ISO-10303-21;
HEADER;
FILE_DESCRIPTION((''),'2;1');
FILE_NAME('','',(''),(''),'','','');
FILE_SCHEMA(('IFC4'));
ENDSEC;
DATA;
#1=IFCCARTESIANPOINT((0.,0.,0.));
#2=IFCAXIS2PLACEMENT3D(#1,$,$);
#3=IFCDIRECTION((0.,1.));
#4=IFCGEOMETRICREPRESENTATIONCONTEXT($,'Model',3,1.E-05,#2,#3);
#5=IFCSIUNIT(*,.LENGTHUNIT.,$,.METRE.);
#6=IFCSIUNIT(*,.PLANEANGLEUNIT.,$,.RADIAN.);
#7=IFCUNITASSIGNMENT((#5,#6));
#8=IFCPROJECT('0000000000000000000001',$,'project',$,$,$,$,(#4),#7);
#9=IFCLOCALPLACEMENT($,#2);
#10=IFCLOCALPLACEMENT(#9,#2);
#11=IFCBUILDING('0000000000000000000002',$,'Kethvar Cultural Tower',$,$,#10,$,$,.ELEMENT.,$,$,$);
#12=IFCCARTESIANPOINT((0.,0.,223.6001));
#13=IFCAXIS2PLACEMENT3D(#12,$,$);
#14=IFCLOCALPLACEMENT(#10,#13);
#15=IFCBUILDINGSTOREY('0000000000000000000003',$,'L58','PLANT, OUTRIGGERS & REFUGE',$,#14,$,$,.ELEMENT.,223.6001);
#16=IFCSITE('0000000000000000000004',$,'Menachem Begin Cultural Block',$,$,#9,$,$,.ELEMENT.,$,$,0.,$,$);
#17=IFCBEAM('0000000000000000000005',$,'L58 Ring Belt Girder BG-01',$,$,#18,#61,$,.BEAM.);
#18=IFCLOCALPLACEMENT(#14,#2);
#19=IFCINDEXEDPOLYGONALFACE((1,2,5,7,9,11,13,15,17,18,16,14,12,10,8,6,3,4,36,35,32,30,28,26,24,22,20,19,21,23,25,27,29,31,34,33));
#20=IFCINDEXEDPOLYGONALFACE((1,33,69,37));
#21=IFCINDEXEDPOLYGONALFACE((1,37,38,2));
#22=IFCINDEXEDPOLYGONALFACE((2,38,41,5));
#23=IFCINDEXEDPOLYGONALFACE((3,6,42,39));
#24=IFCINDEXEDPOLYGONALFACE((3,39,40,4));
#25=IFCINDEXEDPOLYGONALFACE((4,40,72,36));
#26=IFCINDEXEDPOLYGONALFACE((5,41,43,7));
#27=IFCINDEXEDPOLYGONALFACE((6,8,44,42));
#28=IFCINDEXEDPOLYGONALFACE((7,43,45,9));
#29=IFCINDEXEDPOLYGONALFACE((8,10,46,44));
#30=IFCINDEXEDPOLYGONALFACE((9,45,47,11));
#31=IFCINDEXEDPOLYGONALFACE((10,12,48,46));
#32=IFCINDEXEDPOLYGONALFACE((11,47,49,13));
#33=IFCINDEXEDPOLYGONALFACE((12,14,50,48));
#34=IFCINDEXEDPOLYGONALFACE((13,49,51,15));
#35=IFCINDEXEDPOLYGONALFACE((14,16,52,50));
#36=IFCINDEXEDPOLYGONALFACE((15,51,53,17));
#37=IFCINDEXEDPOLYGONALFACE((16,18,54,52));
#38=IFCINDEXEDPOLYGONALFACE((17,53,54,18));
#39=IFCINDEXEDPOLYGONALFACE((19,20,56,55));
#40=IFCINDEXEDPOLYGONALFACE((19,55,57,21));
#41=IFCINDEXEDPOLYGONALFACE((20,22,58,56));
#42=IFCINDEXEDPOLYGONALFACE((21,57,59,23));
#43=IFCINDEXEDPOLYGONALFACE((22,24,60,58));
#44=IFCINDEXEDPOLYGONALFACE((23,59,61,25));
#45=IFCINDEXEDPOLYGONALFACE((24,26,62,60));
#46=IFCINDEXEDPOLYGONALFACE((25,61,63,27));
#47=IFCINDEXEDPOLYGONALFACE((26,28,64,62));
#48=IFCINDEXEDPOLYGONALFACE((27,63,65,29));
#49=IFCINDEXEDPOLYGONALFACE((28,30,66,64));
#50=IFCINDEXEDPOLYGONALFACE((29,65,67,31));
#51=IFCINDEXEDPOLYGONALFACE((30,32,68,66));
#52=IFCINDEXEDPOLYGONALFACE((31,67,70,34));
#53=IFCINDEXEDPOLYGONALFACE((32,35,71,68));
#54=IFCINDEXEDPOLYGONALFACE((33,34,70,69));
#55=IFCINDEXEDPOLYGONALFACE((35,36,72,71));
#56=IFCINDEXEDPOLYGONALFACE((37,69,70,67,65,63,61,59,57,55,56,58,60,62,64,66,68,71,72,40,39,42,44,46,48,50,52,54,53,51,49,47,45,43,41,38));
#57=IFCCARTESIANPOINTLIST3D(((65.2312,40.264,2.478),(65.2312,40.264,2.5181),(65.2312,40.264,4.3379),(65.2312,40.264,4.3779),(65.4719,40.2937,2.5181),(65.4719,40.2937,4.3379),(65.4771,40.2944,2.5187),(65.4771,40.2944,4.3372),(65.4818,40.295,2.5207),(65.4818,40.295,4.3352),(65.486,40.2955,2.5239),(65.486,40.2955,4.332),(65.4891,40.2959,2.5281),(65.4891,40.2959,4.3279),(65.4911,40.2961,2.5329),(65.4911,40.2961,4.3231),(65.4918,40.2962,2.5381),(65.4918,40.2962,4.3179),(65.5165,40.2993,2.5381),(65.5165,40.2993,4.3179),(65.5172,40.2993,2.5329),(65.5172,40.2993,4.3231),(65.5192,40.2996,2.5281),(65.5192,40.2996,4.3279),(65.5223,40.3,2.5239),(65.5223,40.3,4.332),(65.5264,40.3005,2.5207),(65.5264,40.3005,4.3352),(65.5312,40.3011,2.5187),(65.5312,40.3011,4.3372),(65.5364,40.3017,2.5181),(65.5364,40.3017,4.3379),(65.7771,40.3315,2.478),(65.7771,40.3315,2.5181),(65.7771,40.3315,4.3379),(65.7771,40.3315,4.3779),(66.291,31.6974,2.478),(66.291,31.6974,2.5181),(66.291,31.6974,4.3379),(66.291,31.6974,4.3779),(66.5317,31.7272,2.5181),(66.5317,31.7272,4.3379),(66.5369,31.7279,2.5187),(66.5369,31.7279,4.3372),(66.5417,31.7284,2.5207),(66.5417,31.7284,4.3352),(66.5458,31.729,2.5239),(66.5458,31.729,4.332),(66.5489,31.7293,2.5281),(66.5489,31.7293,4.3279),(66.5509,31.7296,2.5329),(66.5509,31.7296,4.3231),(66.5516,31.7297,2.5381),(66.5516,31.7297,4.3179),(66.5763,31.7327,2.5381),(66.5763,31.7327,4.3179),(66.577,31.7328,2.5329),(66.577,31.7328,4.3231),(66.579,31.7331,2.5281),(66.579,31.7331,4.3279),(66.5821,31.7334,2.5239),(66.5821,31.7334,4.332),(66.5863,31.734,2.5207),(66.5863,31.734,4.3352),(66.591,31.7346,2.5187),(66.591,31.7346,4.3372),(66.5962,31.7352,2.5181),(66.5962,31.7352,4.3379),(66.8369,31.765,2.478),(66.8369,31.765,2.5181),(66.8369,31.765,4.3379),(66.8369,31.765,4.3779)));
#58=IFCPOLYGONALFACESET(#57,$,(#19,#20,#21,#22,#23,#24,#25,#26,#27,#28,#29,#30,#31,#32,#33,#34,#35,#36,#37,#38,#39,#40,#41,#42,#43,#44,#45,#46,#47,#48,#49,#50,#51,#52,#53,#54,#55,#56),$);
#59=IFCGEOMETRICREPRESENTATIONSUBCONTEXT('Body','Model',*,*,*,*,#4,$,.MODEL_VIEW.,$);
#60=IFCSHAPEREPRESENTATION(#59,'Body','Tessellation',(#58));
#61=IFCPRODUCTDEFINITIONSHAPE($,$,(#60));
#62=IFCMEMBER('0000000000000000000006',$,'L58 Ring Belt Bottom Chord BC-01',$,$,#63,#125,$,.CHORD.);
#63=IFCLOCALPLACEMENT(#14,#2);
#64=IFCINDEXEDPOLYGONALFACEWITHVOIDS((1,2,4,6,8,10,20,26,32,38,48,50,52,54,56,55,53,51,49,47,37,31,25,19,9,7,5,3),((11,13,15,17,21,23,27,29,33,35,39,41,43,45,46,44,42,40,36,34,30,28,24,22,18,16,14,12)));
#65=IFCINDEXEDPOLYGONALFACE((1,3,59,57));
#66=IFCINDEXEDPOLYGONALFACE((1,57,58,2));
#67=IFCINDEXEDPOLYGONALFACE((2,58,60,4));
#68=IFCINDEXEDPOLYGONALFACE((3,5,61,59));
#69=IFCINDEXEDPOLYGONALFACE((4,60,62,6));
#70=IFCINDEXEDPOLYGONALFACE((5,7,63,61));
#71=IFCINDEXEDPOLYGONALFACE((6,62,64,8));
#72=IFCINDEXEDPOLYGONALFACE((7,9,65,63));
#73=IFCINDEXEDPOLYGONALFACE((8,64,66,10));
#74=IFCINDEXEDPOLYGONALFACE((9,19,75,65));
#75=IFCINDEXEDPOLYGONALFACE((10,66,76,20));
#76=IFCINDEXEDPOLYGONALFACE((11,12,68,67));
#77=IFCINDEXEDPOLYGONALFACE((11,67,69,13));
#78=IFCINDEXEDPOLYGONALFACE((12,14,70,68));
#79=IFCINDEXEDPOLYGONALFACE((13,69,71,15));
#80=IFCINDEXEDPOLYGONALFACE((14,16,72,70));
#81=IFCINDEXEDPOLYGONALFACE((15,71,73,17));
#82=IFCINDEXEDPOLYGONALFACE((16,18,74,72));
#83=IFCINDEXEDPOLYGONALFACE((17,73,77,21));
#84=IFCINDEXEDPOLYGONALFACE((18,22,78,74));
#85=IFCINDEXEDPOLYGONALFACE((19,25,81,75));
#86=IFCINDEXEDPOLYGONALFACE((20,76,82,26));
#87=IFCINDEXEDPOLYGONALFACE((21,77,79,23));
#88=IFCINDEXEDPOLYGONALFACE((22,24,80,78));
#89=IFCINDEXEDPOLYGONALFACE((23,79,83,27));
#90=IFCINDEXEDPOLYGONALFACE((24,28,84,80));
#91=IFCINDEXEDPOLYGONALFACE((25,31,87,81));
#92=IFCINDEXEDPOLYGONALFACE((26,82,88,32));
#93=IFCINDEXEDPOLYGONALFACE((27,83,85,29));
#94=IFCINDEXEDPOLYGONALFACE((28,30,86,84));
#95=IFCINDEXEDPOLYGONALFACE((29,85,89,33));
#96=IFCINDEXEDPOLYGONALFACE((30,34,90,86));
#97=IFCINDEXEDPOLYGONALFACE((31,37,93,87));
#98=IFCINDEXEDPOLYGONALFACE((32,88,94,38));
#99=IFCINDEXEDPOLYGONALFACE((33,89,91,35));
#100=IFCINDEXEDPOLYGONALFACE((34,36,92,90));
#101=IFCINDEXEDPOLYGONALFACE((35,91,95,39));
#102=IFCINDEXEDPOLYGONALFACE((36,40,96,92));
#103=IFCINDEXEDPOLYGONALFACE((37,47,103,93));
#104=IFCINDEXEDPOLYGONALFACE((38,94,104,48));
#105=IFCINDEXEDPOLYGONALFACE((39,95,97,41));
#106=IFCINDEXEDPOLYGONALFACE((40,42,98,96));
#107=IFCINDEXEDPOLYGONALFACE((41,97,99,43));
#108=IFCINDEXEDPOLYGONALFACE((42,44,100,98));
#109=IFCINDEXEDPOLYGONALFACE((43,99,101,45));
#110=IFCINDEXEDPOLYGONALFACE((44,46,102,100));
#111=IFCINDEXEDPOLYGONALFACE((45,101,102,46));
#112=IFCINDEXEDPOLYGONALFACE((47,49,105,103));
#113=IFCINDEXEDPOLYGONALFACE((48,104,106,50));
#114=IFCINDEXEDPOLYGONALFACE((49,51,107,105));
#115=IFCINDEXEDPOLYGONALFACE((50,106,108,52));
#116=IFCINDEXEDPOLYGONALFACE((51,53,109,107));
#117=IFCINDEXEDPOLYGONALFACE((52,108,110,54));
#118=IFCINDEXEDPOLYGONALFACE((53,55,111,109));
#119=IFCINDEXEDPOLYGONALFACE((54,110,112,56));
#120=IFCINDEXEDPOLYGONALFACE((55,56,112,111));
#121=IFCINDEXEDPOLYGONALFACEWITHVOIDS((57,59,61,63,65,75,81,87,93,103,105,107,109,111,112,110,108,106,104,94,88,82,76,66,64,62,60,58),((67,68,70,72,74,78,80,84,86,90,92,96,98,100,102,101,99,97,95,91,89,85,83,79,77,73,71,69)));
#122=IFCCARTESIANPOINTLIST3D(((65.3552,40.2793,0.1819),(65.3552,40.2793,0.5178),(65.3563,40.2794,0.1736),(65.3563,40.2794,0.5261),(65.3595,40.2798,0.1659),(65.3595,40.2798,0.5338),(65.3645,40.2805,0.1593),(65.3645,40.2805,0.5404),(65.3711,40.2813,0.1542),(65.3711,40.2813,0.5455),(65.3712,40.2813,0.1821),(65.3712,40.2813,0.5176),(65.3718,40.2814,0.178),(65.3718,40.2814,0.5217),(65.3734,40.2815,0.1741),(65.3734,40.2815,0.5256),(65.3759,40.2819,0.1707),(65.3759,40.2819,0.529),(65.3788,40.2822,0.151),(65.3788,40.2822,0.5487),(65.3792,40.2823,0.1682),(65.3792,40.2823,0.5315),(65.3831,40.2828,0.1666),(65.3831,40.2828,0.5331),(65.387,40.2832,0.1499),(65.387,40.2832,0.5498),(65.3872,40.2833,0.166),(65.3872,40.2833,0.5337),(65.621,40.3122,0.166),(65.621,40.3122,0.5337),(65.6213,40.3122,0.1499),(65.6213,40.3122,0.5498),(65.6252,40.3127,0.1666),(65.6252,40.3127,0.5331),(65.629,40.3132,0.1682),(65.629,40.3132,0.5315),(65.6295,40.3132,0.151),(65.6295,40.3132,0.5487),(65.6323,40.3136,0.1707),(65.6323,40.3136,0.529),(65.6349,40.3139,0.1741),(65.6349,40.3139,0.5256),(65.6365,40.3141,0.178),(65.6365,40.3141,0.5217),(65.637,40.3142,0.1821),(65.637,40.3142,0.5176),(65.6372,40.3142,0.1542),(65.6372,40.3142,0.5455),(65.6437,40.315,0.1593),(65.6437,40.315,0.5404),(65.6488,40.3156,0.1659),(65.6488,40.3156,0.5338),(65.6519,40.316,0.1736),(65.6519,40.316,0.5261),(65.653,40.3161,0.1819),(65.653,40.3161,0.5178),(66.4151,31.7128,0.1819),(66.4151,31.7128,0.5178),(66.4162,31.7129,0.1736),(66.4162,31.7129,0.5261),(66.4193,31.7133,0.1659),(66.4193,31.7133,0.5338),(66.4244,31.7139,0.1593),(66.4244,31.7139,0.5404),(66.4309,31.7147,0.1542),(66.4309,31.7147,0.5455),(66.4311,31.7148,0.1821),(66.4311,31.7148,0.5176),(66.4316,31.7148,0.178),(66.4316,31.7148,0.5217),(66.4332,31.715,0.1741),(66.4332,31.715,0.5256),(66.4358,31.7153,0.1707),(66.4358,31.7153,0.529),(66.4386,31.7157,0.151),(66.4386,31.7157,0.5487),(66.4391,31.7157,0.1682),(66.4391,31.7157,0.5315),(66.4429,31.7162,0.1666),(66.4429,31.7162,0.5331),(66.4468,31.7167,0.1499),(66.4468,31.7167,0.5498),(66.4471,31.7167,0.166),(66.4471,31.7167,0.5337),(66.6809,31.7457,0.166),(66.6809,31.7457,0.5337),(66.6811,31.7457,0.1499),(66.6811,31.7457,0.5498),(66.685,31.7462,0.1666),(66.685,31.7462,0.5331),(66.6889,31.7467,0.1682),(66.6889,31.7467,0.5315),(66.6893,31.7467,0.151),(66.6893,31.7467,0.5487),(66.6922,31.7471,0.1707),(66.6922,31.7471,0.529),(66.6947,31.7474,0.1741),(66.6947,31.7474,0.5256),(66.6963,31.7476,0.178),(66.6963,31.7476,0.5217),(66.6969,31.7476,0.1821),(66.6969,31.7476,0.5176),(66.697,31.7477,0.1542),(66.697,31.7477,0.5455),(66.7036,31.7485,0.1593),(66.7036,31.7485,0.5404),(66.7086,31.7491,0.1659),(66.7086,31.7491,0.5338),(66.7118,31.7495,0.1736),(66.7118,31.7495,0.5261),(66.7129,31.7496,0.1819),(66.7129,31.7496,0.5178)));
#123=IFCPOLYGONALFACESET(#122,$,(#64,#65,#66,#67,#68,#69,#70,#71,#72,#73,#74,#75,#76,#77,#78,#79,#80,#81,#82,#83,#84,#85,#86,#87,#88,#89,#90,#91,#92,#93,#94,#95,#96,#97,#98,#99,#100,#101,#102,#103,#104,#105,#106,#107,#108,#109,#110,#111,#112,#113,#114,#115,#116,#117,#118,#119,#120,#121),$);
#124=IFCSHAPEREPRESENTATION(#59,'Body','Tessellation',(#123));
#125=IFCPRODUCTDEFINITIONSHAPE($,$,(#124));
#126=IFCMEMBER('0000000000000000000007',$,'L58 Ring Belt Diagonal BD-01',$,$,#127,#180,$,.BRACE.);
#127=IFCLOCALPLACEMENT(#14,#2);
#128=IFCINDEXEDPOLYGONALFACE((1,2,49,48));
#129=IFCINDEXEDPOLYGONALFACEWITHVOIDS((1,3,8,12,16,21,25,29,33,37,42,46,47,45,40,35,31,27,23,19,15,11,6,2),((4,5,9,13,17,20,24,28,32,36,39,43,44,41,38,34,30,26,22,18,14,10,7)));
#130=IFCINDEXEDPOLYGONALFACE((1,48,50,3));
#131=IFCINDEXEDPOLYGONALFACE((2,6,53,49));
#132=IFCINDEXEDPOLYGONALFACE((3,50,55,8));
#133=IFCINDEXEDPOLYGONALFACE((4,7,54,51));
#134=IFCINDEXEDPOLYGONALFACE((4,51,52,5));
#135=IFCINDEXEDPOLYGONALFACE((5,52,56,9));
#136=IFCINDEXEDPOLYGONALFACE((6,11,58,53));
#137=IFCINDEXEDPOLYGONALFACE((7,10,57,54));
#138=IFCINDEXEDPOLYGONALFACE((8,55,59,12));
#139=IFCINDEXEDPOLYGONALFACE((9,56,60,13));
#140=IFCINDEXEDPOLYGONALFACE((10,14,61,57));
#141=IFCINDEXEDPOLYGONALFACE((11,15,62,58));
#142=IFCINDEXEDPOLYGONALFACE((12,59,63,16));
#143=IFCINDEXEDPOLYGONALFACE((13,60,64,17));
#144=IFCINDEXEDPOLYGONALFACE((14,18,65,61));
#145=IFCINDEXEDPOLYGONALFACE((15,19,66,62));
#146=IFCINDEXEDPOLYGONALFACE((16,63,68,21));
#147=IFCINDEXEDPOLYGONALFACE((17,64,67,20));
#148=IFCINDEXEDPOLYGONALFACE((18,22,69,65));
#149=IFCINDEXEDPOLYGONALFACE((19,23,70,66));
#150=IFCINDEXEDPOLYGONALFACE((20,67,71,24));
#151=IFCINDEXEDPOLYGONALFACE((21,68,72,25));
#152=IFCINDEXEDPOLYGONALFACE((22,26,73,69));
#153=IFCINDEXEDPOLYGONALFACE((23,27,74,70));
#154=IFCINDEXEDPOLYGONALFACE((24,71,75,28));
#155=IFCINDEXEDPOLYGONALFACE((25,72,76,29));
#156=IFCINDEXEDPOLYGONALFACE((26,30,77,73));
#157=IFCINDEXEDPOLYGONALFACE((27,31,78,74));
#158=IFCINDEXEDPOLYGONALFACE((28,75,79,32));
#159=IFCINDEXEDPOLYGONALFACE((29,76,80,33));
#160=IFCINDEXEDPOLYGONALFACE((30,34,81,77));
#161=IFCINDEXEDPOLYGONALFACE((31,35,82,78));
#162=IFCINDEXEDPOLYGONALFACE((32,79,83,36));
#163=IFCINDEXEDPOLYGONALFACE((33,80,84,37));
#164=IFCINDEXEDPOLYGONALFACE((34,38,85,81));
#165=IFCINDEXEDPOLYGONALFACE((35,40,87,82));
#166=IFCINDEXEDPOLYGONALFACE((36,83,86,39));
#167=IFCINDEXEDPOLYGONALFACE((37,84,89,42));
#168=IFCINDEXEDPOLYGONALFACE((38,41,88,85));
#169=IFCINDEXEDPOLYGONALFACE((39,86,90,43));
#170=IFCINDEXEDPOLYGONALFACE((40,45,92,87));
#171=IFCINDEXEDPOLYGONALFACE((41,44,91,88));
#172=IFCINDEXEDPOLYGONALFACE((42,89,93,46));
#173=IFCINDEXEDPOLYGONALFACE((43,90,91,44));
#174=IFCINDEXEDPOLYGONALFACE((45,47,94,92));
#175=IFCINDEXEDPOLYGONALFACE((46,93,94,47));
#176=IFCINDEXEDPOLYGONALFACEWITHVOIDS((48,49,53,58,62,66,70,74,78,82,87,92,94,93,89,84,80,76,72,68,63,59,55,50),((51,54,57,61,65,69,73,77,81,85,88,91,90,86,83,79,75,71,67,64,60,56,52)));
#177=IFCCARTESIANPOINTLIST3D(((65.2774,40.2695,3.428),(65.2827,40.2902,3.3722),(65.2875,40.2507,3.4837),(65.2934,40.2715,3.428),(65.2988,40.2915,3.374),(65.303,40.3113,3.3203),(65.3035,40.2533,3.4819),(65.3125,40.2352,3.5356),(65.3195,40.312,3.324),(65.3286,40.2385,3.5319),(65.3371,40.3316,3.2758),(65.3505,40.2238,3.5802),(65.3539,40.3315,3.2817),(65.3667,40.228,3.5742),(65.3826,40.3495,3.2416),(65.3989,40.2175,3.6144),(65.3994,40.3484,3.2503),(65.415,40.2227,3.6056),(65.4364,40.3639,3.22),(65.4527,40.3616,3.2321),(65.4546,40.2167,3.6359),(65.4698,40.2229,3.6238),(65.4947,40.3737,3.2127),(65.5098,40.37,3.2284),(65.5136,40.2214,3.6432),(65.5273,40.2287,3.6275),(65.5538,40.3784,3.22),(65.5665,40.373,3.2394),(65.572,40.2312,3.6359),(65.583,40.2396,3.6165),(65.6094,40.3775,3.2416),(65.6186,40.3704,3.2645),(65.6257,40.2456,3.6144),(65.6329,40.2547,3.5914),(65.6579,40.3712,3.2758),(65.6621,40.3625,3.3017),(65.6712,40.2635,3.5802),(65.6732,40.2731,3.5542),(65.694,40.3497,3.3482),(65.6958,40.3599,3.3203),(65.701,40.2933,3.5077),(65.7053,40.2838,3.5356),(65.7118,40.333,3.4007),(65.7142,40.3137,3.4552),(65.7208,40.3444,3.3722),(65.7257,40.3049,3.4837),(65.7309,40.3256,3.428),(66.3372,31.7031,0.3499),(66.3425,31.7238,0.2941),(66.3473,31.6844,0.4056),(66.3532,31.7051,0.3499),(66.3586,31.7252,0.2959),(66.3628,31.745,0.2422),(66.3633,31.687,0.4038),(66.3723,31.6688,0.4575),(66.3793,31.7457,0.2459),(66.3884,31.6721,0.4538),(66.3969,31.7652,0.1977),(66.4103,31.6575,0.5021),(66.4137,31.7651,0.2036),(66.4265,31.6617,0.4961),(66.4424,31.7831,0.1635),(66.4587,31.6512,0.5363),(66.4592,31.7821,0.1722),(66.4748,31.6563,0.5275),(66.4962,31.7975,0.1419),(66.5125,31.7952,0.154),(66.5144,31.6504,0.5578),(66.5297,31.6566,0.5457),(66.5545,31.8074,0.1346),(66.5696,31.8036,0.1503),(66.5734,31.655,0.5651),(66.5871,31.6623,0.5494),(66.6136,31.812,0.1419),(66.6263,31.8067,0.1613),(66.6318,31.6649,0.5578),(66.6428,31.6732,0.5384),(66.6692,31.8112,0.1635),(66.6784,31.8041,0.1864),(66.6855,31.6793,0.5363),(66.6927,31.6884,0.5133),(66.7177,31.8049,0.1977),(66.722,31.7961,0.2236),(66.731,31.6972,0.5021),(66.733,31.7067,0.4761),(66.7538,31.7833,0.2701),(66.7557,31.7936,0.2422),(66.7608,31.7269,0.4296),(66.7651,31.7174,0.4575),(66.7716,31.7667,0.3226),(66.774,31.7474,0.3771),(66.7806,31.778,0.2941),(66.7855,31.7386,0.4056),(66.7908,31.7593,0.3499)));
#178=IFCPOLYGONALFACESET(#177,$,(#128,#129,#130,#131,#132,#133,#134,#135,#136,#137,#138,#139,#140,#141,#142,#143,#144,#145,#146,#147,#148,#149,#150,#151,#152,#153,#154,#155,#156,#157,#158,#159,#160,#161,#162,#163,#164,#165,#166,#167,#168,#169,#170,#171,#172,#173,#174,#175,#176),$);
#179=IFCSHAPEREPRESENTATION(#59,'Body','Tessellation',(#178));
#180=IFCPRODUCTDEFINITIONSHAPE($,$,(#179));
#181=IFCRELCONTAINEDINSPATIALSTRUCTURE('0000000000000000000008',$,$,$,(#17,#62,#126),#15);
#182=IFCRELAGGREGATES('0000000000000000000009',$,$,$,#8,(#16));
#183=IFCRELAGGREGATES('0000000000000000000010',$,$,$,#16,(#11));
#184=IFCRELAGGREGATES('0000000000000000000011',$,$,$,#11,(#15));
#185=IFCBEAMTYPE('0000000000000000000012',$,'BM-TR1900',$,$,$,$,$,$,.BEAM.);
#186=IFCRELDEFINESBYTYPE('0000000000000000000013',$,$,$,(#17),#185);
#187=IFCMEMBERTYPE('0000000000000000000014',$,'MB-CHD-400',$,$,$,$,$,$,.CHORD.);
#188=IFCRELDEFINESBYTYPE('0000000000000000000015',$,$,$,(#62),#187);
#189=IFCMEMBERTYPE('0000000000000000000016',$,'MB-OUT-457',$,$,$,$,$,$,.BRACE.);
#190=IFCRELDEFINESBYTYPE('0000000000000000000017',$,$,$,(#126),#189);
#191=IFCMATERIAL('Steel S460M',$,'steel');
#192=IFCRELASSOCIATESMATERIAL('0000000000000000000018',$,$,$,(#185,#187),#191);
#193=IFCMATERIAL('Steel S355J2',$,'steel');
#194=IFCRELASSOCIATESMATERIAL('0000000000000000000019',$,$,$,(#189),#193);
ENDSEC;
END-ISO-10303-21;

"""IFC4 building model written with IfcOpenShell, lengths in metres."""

from ifc_helpers import new_model, si_unit, direction, frame, origin, origin_2d, place, context, subcontext, project, spatial, hollow_rectangle, hollow_circle, i_section, extrude, source, transform, mapped, material, material_profile, profile_set, type_object, element, save


model = new_model("IFC4")

# Units and contexts
model_context = context("Model", 3, precision=1e-05, world=origin(), true_north=direction((0.0, 1.0)))
body_context = subcontext(model_context, "Body", "Model", "MODEL_VIEW")
ifc_project = project(units=[si_unit("LENGTHUNIT", "METRE"), si_unit("PLANEANGLEUNIT", "RADIAN")], contexts=[model_context])

# Site, building, storey
site_placement = place(None, origin())
site = spatial("IfcSite", under=ifc_project, at=site_placement, Name="Menachem Begin Cultural Block", CompositionType="ELEMENT", RefElevation=0.0)
building_placement = place(site_placement, origin())
building = spatial("IfcBuilding", under=site, at=building_placement, Name="Kethvar Cultural Tower", CompositionType="ELEMENT")
storey_placement = place(building_placement, frame((0.0, 0.0, 223.6001)))
storey = spatial("IfcBuildingStorey", under=building, at=storey_placement, Name="L58", Description="PLANT, OUTRIGGERS & REFUGE", CompositionType="ELEMENT", Elevation=223.6001)

# Shared definitions
ifc_material_1 = material(Name="Steel S460M", Category="steel")

# Shared definitions
ifc_material_profile_1 = material_profile(ifc_material_1, i_section(OverallWidth=0.55, OverallDepth=1.8999, WebThickness=0.0249, FlangeThickness=0.04, FilletRadius=0.02, at=origin_2d()), Name="Steel S460M — PG1900x550x40x25")
ifc_profile_set_1 = profile_set([ifc_material_profile_1], Name="Steel S460M — PG1900x550x40x25")
beam_type = type_object("IfcBeamType", Name="BM-TR1900", PredefinedType="BEAM", material=ifc_profile_set_1)

# Shared definitions
ifc_material_2 = material(Name="Steel S355J2", Category="steel")
ifc_material_profile_2 = material_profile(ifc_material_2, hollow_circle(Radius=0.2285, WallThickness=0.0161, at=origin_2d()), Name="Steel S355J2 — CHS457x16")
ifc_profile_set_2 = profile_set([ifc_material_profile_2], Name="Steel S355J2 — CHS457x16")
member_type_1 = type_object("IfcMemberType", Name="MB-OUT-457", PredefinedType="BRACE", material=ifc_profile_set_2)

# Beam
shared_shape_1 = source(origin(), body_context, "Body", "SweptSolid", [
    extrude(i_section(OverallWidth=0.55, OverallDepth=1.8999, WebThickness=0.0249, FlangeThickness=0.04, FilletRadius=0.02, at=origin_2d()), origin(), (0.0, 0.0, 1.0), 8.6318),
])
beam_1_placement = place(storey_placement, frame((66.564, 31.7312, 3.428), z_axis=(-0.122781, 0.992434, 0.0), x_axis=(-0.992434, -0.122781, 0.0)))
element("IfcBeam", 1, at=beam_1_placement, inside=storey, type_object=beam_type, Name="L58 Ring Belt Girder BG-01", PredefinedType="BEAM", context=body_context, shape_type="MappedRepresentation", body=[
    mapped(shared_shape_1, transform((0.0, 0.0, 0.0), scale=1.0)),
])

# Members
ifc_material_profile_3 = material_profile(ifc_material_1, hollow_rectangle(XDim=0.3, YDim=0.3999, WallThickness=0.0161, InnerFilletRadius=0.0161, OuterFilletRadius=0.032, at=origin_2d()), Name="Steel S460M — RHS400x300x16")
ifc_profile_set_3 = profile_set([ifc_material_profile_3], Name="Steel S460M — RHS400x300x16")
member_type_2 = type_object("IfcMemberType", Name="MB-CHD-400", PredefinedType="CHORD", material=ifc_profile_set_3)
shared_shape_2 = source(origin(), body_context, "Body", "SweptSolid", [
    extrude(hollow_rectangle(XDim=0.3, YDim=0.3999, WallThickness=0.0161, InnerFilletRadius=0.0161, OuterFilletRadius=0.032, at=origin_2d()), origin(), (0.0, 0.0, 1.0), 8.6318),
])
member_1_placement = place(storey_placement, frame((66.564, 31.7312, 0.3499), z_axis=(-0.122781, 0.992434, 0.0), x_axis=(-0.992434, -0.122781, 0.0)))
element("IfcMember", 2, at=member_1_placement, inside=storey, type_object=member_type_2, Name="L58 Ring Belt Bottom Chord BC-01", PredefinedType="CHORD", context=body_context, shape_type="MappedRepresentation", body=[
    mapped(shared_shape_2, transform((0.0, 0.0, 0.0), scale=1.0)),
])
shared_shape_3 = source(origin(), body_context, "Body", "SweptSolid", [
    extrude(hollow_circle(Radius=0.2285, WallThickness=0.0161, at=origin_2d()), origin(), (0.0, 0.0, 1.0), 9.1641),
])
member_2_placement = place(storey_placement, frame((66.564, 31.7312, 0.3499), z_axis=(-0.115648, 0.934775, 0.335888), x_axis=(-0.992434, -0.122781, 0.0)))
element("IfcMember", 3, at=member_2_placement, inside=storey, type_object=member_type_1, Name="L58 Ring Belt Diagonal BD-01", PredefinedType="BRACE", context=body_context, shape_type="MappedRepresentation", body=[
    mapped(shared_shape_3, transform((0.0, 0.0, 0.0), scale=1.0)),
])

save(model, "model.ifc")
